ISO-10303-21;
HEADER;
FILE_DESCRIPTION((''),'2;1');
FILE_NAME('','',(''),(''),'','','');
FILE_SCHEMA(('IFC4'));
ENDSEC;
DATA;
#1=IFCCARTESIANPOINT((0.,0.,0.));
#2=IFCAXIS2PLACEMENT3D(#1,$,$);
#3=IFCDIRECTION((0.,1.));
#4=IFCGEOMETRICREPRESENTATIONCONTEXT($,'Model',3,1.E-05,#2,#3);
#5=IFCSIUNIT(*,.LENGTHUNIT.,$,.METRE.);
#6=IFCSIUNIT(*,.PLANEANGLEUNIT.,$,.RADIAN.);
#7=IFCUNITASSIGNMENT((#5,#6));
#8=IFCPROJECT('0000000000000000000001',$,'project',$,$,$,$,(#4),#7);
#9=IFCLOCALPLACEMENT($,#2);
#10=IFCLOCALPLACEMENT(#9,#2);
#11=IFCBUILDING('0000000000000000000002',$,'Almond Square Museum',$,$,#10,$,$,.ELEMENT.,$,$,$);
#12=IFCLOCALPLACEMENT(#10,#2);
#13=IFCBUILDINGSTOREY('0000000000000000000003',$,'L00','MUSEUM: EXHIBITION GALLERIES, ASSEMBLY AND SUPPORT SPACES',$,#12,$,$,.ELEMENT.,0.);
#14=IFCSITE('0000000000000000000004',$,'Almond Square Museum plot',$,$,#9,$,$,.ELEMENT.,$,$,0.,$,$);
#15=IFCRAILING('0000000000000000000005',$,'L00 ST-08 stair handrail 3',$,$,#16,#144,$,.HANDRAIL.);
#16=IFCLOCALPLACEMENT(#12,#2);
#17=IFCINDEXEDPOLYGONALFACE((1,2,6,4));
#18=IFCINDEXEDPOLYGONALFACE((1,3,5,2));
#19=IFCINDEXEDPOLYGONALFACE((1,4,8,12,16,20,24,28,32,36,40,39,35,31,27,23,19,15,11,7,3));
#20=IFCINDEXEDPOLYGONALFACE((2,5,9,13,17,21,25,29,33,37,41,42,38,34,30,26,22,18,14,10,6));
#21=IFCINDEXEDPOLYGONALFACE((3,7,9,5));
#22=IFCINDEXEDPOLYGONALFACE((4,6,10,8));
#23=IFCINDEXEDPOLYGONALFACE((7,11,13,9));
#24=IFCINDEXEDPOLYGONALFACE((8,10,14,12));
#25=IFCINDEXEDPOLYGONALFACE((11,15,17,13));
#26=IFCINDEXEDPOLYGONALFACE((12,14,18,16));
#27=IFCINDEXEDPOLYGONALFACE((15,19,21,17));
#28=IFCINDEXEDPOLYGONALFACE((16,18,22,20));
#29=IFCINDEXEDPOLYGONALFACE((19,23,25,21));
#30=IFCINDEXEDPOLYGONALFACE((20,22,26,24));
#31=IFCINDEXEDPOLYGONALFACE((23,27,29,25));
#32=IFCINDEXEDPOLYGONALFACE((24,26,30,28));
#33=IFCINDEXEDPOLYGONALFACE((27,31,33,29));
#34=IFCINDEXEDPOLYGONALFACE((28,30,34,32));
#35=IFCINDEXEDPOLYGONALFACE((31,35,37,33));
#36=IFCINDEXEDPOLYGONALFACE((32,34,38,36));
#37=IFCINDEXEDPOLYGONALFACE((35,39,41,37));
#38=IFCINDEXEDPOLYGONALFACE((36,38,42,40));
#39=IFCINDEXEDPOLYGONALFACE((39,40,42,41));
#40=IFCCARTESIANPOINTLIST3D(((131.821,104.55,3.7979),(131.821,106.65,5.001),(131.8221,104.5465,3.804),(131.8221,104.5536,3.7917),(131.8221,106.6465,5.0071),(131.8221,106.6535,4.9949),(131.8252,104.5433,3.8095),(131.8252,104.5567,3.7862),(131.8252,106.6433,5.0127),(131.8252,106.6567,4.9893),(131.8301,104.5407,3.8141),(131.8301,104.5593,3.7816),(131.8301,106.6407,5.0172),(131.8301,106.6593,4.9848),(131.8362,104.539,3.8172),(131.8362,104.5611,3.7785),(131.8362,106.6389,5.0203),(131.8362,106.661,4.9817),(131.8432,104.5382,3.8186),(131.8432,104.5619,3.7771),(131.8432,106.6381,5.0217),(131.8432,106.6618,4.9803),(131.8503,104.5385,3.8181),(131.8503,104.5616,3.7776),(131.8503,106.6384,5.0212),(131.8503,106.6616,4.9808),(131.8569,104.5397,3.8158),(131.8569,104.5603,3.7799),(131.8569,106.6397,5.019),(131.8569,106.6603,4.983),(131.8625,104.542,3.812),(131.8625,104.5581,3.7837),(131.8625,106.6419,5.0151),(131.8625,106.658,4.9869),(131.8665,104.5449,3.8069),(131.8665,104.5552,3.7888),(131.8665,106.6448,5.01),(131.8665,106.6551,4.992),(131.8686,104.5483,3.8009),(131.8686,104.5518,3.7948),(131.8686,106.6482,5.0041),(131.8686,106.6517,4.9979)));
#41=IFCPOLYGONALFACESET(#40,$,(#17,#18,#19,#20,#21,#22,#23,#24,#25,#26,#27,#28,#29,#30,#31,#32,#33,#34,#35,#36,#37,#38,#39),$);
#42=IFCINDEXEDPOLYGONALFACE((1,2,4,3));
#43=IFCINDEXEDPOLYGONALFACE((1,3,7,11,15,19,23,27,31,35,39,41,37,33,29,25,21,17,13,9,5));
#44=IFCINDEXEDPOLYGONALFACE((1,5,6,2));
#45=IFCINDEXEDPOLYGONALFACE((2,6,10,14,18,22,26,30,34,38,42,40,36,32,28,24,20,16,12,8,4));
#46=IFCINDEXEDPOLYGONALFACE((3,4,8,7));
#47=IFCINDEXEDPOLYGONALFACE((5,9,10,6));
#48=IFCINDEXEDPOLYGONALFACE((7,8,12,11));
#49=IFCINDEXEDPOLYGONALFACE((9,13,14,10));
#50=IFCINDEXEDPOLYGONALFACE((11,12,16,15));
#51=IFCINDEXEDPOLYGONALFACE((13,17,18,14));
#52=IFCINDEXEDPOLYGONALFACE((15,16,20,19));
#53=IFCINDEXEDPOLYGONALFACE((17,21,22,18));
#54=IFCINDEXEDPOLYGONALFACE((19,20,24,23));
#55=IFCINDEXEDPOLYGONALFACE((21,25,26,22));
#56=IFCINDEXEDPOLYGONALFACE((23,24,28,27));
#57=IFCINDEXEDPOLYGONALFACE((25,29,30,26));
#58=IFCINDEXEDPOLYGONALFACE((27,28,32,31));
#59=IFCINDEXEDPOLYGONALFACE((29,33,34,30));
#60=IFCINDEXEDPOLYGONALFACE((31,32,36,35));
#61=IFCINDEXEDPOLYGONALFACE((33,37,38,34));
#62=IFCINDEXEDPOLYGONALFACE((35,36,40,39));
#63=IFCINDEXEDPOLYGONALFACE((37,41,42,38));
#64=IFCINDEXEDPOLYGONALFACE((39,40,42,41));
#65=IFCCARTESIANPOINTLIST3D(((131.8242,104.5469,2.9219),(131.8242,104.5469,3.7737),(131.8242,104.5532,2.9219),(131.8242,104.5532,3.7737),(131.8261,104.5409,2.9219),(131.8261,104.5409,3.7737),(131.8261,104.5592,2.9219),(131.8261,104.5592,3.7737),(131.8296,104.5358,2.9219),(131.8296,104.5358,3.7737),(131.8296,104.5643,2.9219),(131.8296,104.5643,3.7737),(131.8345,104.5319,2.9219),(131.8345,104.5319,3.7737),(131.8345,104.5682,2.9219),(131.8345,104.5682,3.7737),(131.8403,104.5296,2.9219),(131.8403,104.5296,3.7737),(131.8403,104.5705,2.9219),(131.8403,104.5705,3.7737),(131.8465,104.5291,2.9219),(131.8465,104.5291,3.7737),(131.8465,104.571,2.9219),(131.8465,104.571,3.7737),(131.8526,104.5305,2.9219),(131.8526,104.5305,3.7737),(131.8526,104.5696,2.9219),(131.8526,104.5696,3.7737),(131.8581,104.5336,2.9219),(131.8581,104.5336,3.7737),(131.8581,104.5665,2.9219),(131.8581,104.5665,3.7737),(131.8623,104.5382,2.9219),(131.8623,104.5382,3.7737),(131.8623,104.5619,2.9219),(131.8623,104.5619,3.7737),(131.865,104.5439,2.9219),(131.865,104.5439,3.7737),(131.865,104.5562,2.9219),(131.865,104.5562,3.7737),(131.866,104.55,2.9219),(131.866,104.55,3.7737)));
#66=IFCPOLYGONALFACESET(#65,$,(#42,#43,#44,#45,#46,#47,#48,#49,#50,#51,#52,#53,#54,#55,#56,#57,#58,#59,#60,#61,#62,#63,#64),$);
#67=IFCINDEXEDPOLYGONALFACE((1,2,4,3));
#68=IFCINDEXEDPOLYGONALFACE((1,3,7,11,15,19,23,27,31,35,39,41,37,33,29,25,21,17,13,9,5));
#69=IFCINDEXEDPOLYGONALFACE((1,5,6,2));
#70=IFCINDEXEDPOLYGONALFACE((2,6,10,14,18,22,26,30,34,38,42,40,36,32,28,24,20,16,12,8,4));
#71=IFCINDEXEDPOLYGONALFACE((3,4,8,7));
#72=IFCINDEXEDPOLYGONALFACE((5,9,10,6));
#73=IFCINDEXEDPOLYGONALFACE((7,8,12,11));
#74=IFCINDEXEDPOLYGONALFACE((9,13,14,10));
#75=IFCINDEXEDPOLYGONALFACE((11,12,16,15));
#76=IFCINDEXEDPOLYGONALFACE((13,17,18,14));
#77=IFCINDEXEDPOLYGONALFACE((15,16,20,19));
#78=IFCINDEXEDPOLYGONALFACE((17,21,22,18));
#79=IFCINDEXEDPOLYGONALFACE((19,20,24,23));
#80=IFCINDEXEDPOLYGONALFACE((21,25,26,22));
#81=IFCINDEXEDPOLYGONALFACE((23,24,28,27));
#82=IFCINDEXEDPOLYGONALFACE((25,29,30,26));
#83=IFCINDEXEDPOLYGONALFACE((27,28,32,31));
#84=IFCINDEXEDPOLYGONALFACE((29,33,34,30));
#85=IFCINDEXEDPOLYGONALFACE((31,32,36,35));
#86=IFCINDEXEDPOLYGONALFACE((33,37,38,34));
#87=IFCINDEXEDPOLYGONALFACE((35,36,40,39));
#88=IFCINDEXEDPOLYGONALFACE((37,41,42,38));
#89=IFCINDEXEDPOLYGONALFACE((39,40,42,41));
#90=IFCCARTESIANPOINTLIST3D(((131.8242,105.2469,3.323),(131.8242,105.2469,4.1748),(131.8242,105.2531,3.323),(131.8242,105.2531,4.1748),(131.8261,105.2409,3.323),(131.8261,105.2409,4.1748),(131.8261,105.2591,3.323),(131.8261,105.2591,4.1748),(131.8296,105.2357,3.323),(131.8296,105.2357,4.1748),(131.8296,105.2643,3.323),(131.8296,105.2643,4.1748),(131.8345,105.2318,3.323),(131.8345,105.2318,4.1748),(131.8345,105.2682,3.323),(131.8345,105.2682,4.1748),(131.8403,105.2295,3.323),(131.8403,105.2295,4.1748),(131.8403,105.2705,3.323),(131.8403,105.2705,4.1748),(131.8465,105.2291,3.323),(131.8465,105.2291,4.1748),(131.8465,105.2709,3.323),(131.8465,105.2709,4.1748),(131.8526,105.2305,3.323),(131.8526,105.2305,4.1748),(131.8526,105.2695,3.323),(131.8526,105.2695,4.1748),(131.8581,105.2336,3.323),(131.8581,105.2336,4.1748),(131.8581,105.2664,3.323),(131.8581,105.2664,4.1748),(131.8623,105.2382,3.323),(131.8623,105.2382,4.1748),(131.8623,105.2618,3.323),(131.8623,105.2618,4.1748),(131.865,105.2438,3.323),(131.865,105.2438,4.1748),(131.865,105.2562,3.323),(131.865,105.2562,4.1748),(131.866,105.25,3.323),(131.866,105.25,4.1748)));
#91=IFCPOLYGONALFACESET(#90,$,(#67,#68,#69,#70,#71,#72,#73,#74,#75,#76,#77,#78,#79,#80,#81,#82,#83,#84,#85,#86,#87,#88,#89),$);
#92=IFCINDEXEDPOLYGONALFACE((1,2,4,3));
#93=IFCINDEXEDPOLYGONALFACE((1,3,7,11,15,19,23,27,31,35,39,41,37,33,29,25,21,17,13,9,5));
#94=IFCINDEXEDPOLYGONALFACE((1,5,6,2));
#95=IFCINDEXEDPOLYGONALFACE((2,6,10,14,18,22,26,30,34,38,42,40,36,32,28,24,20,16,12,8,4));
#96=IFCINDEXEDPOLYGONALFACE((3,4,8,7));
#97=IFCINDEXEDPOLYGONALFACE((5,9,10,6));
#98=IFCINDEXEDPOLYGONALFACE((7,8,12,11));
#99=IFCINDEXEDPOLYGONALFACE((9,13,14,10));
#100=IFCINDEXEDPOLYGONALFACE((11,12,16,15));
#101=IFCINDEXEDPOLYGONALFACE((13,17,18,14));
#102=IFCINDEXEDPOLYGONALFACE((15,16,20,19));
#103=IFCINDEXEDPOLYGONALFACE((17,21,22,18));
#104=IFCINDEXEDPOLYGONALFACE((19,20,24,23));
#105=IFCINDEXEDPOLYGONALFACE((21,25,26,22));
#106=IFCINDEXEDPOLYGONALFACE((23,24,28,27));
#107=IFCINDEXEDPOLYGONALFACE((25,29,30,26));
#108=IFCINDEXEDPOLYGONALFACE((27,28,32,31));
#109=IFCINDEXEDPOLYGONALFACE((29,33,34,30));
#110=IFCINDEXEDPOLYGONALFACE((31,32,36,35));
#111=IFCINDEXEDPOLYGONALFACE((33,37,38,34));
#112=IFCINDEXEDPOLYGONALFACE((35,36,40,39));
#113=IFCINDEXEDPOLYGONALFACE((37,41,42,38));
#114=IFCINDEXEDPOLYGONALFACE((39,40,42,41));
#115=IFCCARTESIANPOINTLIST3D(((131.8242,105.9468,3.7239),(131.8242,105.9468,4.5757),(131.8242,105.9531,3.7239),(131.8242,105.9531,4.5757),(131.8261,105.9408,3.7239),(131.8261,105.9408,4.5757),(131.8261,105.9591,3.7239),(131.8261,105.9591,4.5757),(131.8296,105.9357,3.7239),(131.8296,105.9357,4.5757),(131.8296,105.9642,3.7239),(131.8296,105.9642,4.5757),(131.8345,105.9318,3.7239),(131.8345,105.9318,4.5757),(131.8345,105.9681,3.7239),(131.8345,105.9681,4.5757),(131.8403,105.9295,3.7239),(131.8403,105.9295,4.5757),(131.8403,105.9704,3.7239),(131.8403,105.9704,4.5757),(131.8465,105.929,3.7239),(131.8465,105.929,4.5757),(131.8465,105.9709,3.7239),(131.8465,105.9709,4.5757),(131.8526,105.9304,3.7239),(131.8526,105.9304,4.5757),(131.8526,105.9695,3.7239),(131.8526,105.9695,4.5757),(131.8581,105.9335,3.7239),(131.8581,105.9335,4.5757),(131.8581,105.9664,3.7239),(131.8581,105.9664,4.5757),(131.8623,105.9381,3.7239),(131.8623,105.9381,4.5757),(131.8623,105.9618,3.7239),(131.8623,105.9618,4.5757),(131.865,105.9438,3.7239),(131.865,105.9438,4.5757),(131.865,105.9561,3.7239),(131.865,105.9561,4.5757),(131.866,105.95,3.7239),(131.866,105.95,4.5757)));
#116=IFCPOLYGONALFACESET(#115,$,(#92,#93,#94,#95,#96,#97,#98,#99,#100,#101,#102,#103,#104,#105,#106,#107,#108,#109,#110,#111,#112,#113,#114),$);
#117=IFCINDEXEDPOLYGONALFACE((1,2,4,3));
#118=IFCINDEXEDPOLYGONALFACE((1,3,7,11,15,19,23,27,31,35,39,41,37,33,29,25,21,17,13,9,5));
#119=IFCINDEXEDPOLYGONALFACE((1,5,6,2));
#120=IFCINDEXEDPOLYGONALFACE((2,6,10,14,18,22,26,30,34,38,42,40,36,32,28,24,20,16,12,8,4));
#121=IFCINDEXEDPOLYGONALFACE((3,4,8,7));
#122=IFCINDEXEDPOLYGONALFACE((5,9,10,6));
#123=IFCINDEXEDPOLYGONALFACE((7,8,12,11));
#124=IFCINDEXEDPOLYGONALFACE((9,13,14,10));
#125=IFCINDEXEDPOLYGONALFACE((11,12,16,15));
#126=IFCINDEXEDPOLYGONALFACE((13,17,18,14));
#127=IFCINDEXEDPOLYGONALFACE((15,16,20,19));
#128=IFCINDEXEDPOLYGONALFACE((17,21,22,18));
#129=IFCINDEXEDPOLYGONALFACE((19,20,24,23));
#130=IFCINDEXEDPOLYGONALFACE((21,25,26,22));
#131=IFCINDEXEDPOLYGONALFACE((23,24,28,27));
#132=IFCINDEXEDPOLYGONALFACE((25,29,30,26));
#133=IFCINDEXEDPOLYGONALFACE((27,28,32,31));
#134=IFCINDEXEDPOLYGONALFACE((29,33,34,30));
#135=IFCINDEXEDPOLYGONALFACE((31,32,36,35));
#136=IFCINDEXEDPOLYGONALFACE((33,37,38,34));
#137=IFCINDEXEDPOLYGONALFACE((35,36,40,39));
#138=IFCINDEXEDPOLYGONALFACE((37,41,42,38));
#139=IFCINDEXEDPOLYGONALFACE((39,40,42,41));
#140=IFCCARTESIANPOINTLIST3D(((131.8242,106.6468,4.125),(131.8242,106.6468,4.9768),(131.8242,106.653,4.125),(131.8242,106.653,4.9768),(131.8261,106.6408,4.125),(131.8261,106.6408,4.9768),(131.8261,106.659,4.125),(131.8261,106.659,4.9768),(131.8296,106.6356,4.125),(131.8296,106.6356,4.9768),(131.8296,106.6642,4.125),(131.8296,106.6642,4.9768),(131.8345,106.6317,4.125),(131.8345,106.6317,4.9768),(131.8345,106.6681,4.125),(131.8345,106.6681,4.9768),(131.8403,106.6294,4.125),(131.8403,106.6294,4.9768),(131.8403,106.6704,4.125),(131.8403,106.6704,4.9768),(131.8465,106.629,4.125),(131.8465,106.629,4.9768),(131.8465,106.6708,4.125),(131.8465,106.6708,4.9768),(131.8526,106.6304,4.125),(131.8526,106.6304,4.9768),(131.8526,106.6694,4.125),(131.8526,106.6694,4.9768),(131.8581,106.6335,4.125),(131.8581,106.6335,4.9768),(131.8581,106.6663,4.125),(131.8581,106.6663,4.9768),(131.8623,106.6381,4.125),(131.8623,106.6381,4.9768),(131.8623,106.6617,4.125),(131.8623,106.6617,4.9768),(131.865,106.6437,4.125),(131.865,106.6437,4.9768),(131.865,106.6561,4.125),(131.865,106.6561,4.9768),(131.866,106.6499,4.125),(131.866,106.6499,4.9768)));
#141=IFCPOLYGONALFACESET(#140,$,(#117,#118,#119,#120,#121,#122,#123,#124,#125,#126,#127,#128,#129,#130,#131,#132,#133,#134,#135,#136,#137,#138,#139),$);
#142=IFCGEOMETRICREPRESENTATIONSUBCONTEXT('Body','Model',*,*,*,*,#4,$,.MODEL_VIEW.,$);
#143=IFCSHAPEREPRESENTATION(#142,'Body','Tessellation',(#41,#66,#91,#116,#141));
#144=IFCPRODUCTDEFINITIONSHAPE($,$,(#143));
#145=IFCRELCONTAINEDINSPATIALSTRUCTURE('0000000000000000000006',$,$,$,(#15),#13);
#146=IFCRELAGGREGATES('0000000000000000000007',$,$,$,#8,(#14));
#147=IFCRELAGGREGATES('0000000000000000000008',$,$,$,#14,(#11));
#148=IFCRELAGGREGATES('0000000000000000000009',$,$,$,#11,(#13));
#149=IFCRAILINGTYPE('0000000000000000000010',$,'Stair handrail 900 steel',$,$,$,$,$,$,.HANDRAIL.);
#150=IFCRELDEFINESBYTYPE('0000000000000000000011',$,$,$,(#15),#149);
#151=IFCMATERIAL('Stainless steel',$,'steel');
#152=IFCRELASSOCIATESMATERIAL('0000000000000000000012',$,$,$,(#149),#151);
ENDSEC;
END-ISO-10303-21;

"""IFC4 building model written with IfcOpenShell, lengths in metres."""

from ifc_helpers import new_model, si_unit, direction, frame, origin, origin_2d, place, context, subcontext, project, spatial, circle, extrude, material, type_object, element, save


model = new_model("IFC4")

# Units and contexts
model_context = context("Model", 3, precision=1e-05, world=origin(), true_north=direction((0.0, 1.0)))
body_context = subcontext(model_context, "Body", "Model", "MODEL_VIEW")
ifc_project = project(units=[si_unit("LENGTHUNIT", "METRE"), si_unit("PLANEANGLEUNIT", "RADIAN")], contexts=[model_context])

# Site, building, storey
site_placement = place(None, origin())
site = spatial("IfcSite", under=ifc_project, at=site_placement, Name="Almond Square Museum plot", CompositionType="ELEMENT", RefElevation=0.0)
building_placement = place(site_placement, origin())
building = spatial("IfcBuilding", under=site, at=building_placement, Name="Almond Square Museum", CompositionType="ELEMENT")
storey_placement = place(building_placement, origin())
storey = spatial("IfcBuildingStorey", under=building, at=storey_placement, Name="L00", Description="MUSEUM: EXHIBITION GALLERIES, ASSEMBLY AND SUPPORT SPACES", CompositionType="ELEMENT", Elevation=0.0)

# Railing
ifc_material_1 = material(Name="Stainless steel", Category="steel")
railing_type_1 = type_object("IfcRailingType", Name="Stair handrail 900 steel", PredefinedType="HANDRAIL", material=ifc_material_1)
for number, where, name in (
    (1, (131.845, 104.55, 2.9219), "L00 ST-08 stair handrail 3"),
):
    element("IfcRailing", number, at=place(storey_placement, frame(where)), inside=storey, type_object=railing_type_1, Name=name, PredefinedType="HANDRAIL", context=body_context, shape_type="SweptSolid", body=[
        extrude(circle(Radius=0.0239, at=origin_2d()), frame((0.0, 0.0, 0.876), z_axis=(0.0, 0.867671, 0.497138), x_axis=(-1.0, 0.0, 0.0)), (0.0, 0.0, 1.0), 2.4202),
        extrude(circle(Radius=0.021, at=origin_2d()), origin(), (0.0, 0.0, 1.0), 0.8518),
        extrude(circle(Radius=0.021, at=origin_2d()), frame((0.0, 0.7, 0.4011)), (0.0, 0.0, 1.0), 0.8518),
        extrude(circle(Radius=0.021, at=origin_2d()), frame((0.0, 1.3999, 0.802)), (0.0, 0.0, 1.0), 0.8518),
        extrude(circle(Radius=0.021, at=origin_2d()), frame((0.0, 2.0999, 1.2031)), (0.0, 0.0, 1.0), 0.8518),
    ])

save(model, "model.ifc")
